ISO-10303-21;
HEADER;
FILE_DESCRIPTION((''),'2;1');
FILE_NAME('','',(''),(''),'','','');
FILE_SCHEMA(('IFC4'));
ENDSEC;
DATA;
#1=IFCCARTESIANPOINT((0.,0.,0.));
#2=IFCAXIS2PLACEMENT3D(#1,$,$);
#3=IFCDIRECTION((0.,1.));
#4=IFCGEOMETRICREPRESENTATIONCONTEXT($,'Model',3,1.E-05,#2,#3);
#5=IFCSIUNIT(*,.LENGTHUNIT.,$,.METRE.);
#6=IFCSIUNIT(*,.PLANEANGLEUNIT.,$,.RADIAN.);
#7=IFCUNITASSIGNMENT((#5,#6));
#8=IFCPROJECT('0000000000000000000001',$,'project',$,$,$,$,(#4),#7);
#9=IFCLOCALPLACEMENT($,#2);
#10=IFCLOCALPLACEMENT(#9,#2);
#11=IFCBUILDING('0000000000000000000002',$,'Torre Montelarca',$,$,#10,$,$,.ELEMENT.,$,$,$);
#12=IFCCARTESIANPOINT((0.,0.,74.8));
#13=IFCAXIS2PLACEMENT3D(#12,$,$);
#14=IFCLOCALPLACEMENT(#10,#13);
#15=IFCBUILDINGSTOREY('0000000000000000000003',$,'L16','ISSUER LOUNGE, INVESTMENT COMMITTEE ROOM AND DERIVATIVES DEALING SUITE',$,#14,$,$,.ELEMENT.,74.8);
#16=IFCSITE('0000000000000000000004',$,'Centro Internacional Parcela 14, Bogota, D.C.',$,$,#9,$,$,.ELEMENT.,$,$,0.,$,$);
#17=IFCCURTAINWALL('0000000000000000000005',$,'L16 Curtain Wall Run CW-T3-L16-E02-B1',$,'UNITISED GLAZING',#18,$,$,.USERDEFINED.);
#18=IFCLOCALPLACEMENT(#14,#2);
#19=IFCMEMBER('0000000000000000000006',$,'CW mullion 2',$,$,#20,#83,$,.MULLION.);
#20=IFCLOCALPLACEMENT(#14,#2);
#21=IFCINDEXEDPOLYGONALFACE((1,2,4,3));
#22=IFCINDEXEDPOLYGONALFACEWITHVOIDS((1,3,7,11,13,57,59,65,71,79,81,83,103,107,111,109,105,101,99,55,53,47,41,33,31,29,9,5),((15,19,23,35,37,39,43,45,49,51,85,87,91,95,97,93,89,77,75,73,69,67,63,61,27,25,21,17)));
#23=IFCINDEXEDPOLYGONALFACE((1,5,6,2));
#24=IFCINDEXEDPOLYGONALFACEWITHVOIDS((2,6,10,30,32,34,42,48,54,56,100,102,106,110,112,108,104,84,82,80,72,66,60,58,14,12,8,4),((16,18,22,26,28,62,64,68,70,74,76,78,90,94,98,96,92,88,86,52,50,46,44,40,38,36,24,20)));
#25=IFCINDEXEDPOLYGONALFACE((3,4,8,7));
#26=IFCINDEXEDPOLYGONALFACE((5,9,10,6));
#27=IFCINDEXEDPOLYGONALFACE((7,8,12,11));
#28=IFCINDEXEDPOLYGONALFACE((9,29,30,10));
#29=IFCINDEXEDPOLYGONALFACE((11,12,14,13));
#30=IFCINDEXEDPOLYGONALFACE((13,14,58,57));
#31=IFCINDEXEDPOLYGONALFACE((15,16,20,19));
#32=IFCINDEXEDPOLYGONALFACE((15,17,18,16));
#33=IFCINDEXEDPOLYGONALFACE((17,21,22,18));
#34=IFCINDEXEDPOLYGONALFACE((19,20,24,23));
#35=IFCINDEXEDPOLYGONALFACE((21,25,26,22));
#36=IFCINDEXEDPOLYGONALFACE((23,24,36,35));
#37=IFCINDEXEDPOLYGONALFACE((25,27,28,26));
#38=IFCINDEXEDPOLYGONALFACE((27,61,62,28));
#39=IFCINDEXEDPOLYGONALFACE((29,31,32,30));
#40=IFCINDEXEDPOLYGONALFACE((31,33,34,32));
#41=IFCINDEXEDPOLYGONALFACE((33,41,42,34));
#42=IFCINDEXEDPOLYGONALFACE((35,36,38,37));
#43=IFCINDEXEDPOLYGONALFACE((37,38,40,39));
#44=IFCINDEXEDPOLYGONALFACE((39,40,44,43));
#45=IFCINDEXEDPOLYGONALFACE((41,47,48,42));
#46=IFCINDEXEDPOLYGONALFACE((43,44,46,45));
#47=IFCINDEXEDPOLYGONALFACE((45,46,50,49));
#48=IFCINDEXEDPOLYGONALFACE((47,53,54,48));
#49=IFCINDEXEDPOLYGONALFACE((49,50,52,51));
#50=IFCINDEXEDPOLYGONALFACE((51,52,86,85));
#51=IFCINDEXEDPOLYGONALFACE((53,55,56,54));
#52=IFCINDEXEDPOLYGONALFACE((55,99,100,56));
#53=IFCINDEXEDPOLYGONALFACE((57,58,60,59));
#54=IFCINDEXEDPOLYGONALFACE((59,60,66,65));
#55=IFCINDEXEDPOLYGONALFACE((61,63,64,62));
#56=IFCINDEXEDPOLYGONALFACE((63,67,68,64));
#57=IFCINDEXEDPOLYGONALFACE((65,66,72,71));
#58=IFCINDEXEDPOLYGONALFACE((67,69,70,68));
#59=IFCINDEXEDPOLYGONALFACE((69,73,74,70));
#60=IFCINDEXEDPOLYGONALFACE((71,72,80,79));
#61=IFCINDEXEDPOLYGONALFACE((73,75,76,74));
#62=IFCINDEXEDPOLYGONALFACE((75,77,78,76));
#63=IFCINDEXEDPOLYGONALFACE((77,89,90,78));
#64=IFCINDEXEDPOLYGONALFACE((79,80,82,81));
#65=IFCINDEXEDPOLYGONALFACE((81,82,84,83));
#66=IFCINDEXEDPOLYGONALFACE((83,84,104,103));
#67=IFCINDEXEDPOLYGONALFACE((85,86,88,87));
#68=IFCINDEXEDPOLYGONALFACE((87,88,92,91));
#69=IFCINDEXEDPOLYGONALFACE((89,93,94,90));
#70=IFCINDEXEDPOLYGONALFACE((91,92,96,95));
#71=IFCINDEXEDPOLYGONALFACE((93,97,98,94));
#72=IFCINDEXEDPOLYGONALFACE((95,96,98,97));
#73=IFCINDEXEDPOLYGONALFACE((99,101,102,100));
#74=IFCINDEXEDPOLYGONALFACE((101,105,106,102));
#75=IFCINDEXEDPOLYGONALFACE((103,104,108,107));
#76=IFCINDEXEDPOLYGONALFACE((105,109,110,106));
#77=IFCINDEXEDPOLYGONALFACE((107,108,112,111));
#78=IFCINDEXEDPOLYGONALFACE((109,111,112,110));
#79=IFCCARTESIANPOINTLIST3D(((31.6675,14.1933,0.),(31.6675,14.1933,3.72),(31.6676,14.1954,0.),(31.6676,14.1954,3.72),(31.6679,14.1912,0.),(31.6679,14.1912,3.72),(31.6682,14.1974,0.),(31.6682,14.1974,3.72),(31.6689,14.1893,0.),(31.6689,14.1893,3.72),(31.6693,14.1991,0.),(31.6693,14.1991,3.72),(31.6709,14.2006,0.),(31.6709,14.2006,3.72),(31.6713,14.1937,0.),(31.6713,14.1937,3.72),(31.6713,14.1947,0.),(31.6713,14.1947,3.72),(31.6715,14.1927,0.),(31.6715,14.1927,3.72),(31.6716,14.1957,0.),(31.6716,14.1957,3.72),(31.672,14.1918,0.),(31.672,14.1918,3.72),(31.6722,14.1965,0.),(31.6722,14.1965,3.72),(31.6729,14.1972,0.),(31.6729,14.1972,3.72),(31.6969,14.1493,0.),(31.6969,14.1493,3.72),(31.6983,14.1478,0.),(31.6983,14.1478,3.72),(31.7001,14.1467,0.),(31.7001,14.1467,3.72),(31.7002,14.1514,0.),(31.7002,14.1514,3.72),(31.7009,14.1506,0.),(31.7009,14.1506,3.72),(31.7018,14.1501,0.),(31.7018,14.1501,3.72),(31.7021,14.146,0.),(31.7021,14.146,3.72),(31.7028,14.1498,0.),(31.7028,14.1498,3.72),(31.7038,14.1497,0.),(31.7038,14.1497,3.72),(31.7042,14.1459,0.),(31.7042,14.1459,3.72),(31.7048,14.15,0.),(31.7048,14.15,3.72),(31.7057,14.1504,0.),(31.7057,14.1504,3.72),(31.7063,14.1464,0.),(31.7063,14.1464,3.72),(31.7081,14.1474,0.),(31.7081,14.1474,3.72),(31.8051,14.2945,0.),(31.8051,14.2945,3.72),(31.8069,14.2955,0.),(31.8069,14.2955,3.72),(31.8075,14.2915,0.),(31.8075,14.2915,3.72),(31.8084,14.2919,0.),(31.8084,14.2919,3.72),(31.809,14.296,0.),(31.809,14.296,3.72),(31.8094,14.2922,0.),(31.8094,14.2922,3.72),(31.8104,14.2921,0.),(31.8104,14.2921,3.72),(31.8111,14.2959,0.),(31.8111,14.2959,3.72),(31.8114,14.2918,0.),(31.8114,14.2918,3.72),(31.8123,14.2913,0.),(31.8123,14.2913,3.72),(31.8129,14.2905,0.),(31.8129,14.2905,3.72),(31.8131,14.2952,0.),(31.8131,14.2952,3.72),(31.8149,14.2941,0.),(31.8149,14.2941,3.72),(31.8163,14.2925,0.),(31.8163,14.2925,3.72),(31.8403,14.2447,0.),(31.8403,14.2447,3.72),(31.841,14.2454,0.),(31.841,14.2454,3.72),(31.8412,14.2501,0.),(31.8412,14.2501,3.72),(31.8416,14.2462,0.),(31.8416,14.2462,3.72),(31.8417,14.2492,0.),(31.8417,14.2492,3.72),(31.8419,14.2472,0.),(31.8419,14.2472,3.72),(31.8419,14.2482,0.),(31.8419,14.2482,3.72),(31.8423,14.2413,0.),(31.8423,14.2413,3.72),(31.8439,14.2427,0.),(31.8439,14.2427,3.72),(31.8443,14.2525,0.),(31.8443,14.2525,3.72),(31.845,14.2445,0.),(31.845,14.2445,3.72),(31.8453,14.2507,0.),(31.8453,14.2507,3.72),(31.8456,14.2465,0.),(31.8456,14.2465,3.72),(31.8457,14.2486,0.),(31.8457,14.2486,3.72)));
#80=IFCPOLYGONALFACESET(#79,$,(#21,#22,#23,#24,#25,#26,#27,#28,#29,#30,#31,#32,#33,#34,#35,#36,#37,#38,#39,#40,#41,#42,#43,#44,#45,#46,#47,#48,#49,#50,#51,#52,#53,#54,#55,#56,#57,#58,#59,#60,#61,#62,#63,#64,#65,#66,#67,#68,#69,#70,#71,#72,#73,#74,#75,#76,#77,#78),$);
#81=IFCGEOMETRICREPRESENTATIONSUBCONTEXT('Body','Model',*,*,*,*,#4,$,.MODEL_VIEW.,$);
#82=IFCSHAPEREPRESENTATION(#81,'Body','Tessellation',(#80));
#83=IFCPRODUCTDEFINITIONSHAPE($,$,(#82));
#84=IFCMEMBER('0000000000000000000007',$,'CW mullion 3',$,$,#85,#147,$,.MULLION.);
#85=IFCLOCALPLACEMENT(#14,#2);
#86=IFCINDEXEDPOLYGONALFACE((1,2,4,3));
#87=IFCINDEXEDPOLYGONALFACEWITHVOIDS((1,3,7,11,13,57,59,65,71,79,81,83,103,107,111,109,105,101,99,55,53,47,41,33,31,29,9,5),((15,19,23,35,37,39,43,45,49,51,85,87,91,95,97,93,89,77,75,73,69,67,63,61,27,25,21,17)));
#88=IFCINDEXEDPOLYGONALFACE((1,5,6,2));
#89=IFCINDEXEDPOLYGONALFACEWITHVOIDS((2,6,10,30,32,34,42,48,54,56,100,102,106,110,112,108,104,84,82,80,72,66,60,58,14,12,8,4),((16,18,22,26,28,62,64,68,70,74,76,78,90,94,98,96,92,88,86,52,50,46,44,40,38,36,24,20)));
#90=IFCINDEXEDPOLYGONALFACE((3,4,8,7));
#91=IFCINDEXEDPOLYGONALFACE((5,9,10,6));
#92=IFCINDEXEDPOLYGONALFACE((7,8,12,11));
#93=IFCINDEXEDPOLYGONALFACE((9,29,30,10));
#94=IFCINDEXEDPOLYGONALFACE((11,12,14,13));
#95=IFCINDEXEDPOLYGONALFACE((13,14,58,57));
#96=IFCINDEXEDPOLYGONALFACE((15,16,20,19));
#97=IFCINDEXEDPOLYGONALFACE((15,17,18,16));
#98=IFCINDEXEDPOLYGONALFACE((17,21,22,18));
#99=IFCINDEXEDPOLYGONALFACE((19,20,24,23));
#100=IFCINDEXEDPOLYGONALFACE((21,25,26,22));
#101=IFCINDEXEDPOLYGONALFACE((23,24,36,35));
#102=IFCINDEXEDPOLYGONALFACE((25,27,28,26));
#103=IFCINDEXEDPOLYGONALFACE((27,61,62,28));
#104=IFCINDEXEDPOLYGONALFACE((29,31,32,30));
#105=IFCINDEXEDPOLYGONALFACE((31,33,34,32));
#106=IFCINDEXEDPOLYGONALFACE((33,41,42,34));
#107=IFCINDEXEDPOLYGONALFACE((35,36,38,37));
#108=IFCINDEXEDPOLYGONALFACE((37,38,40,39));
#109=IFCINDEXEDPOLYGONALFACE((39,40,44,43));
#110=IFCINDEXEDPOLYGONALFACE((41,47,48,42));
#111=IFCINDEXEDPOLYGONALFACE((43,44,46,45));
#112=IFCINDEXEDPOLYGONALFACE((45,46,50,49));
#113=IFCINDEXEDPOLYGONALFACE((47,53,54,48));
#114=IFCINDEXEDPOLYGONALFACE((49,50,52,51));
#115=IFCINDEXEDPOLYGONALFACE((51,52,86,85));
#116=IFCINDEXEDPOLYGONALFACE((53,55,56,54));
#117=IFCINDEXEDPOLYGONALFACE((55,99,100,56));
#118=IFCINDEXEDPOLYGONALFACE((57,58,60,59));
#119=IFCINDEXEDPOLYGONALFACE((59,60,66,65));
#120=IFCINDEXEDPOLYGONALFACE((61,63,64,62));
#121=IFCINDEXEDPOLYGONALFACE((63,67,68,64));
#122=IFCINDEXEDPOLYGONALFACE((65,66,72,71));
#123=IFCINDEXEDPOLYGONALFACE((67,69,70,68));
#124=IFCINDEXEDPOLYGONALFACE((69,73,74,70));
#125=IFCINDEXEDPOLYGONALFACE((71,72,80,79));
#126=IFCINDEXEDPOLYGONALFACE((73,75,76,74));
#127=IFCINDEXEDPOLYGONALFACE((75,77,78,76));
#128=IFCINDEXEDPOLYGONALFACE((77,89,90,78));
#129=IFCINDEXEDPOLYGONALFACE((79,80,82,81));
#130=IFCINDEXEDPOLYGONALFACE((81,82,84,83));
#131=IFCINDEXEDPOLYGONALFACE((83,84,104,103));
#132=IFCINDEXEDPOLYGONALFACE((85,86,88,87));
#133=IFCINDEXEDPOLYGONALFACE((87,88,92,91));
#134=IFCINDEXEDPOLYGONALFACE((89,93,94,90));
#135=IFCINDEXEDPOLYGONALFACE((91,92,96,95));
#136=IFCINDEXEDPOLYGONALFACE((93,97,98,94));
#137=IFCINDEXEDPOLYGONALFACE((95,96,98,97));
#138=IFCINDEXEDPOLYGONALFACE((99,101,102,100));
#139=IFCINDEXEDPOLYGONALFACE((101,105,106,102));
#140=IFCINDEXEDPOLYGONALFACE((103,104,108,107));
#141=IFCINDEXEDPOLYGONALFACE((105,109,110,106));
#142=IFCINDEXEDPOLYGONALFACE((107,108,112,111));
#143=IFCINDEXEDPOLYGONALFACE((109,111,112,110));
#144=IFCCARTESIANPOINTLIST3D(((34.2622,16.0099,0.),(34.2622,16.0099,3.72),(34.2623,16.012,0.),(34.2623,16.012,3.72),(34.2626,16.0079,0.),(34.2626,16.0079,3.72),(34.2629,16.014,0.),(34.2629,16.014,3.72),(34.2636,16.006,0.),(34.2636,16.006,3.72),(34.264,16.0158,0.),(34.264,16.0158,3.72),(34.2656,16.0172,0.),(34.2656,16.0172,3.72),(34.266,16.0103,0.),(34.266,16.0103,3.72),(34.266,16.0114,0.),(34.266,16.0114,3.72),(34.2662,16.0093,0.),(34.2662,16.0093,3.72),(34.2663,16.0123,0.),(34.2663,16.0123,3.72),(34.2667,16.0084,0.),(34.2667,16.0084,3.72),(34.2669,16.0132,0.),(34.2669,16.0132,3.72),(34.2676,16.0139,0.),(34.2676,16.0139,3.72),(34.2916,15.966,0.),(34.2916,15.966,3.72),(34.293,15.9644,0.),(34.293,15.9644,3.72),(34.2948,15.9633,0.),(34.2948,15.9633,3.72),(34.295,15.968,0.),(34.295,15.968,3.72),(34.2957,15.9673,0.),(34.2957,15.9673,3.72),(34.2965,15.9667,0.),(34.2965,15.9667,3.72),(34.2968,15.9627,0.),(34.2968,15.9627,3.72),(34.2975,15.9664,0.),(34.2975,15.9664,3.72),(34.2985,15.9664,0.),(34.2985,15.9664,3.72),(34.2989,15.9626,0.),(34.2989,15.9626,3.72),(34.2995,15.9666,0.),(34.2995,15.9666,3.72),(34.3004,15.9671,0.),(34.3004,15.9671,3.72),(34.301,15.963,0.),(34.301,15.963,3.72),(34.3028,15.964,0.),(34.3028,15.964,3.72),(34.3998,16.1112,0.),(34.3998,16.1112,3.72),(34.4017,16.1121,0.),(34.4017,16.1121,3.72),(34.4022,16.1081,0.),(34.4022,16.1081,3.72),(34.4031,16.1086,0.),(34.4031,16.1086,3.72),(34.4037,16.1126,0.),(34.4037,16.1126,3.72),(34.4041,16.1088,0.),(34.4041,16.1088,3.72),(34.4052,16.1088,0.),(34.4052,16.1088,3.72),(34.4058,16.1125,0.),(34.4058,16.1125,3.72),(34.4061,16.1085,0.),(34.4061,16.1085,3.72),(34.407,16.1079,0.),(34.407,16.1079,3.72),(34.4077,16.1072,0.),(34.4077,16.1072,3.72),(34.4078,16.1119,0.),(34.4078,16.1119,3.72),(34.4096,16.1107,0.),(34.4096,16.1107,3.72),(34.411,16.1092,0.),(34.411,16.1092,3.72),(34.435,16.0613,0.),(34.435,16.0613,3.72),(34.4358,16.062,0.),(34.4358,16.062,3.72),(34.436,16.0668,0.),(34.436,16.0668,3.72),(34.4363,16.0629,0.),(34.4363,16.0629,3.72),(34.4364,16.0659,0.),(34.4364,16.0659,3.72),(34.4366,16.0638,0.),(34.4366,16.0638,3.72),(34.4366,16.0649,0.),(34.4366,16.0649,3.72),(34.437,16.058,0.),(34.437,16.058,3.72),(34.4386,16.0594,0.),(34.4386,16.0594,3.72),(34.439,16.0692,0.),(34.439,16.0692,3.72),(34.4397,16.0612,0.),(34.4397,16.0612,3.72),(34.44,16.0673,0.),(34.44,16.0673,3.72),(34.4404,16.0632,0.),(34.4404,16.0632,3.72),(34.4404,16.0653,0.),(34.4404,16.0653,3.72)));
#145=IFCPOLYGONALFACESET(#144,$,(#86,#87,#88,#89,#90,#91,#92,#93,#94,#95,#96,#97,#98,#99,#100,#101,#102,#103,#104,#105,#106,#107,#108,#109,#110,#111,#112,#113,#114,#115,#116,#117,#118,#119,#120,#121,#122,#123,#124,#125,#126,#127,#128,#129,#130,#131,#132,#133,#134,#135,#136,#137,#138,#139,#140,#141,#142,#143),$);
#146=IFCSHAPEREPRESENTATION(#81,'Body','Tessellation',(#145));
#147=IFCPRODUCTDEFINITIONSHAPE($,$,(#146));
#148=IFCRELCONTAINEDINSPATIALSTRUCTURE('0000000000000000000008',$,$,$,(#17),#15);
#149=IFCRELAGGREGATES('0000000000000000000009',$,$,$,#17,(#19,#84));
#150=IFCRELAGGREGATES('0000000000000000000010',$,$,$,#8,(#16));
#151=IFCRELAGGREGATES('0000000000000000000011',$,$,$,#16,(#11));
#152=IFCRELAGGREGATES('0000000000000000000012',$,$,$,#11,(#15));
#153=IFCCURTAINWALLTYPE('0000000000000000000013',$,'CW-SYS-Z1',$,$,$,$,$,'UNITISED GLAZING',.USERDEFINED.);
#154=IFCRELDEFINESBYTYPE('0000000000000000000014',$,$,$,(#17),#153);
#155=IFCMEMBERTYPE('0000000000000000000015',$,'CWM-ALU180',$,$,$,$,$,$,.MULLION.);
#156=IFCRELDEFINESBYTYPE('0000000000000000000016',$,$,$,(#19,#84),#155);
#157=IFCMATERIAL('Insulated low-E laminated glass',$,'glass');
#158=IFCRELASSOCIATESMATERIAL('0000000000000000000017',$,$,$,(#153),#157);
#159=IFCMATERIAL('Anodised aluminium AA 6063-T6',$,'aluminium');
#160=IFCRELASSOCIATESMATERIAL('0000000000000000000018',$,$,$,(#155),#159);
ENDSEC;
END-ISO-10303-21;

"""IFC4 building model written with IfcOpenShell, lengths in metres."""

from ifc_helpers import new_model, si_unit, direction, frame, origin, origin_2d, place, context, subcontext, project, spatial, hollow_rectangle, extrude, source, transform, mapped, material, material_profile, profile_set, type_object, element, aggregate, save


model = new_model("IFC4")

# Units and contexts
model_context = context("Model", 3, precision=1e-05, world=origin(), true_north=direction((0.0, 1.0)))
body_context = subcontext(model_context, "Body", "Model", "MODEL_VIEW")
ifc_project = project(units=[si_unit("LENGTHUNIT", "METRE"), si_unit("PLANEANGLEUNIT", "RADIAN")], contexts=[model_context])

# Site, building, storey
site_placement = place(None, origin())
site = spatial("IfcSite", under=ifc_project, at=site_placement, Name="Centro Internacional Parcela 14, Bogota, D.C.", CompositionType="ELEMENT", RefElevation=0.0)
building_placement = place(site_placement, origin())
building = spatial("IfcBuilding", under=site, at=building_placement, Name="Torre Montelarca", CompositionType="ELEMENT")
storey_placement = place(building_placement, frame((0.0, 0.0, 74.8)))
storey = spatial("IfcBuildingStorey", under=building, at=storey_placement, Name="L16", Description="ISSUER LOUNGE, INVESTMENT COMMITTEE ROOM AND DERIVATIVES DEALING SUITE", CompositionType="ELEMENT", Elevation=74.8)

# Curtain wall
ifc_material_1 = material(Name="Insulated low-E laminated glass", Category="glass")
curtain_wall_type = type_object("IfcCurtainWallType", Name="CW-SYS-Z1", ElementType="UNITISED GLAZING", PredefinedType="USERDEFINED", material=ifc_material_1)
ifc_material_2 = material(Name="Anodised aluminium AA 6063-T6", Category="aluminium")
curtain_wall_1_placement = place(storey_placement, origin())
curtain_wall_1 = element("IfcCurtainWall", 1, at=curtain_wall_1_placement, inside=storey, type_object=curtain_wall_type, Name="L16 Curtain Wall Run CW-T3-L16-E02-B1", ObjectType="UNITISED GLAZING", PredefinedType="USERDEFINED")

# Shared definitions
ifc_material_profile_1 = material_profile(ifc_material_2, hollow_rectangle(XDim=0.0649, YDim=0.1799, WallThickness=0.0039, InnerFilletRadius=0.0039, OuterFilletRadius=0.0081, at=origin_2d()), Name="ALU65X180X4", Category="aluminium")
ifc_profile_set_1 = profile_set([ifc_material_profile_1], Name="Anodised aluminium AA 6063-T6")
member_type_1 = type_object("IfcMemberType", Name="CWM-ALU180", PredefinedType="MULLION", material=ifc_profile_set_1)
shared_shape_1 = source(origin(), body_context, "Body", "SweptSolid", [
    extrude(hollow_rectangle(XDim=0.0649, YDim=0.1799, WallThickness=0.0039, InnerFilletRadius=0.0039, OuterFilletRadius=0.0081, at=origin_2d()), origin(), (0.0, 0.0, 1.0), 3.72),
])

# Members
member_1_placement = place(storey_placement, frame((31.7566, 14.2209, 0.0), z_axis=(0.0, 0.0, 1.0), x_axis=(-0.573561, 0.819163, 0.0)))
member_1 = element("IfcMember", 2, at=member_1_placement, type_object=member_type_1, Name="CW mullion 2", PredefinedType="MULLION", context=body_context, shape_type="MappedRepresentation", body=[
    mapped(shared_shape_1, transform((0.0, 0.0, 0.0), scale=1.0)),
])
member_2_placement = place(storey_placement, frame((34.3513, 16.0376, 0.0), z_axis=(0.0, 0.0, 1.0), x_axis=(-0.573561, 0.819163, 0.0)))
member_2 = element("IfcMember", 3, at=member_2_placement, type_object=member_type_1, Name="CW mullion 3", PredefinedType="MULLION", context=body_context, shape_type="MappedRepresentation", body=[
    mapped(shared_shape_1, transform((0.0, 0.0, 0.0), scale=1.0)),
])

aggregate(curtain_wall_1, [member_1, member_2])

save(model, "model.ifc")
